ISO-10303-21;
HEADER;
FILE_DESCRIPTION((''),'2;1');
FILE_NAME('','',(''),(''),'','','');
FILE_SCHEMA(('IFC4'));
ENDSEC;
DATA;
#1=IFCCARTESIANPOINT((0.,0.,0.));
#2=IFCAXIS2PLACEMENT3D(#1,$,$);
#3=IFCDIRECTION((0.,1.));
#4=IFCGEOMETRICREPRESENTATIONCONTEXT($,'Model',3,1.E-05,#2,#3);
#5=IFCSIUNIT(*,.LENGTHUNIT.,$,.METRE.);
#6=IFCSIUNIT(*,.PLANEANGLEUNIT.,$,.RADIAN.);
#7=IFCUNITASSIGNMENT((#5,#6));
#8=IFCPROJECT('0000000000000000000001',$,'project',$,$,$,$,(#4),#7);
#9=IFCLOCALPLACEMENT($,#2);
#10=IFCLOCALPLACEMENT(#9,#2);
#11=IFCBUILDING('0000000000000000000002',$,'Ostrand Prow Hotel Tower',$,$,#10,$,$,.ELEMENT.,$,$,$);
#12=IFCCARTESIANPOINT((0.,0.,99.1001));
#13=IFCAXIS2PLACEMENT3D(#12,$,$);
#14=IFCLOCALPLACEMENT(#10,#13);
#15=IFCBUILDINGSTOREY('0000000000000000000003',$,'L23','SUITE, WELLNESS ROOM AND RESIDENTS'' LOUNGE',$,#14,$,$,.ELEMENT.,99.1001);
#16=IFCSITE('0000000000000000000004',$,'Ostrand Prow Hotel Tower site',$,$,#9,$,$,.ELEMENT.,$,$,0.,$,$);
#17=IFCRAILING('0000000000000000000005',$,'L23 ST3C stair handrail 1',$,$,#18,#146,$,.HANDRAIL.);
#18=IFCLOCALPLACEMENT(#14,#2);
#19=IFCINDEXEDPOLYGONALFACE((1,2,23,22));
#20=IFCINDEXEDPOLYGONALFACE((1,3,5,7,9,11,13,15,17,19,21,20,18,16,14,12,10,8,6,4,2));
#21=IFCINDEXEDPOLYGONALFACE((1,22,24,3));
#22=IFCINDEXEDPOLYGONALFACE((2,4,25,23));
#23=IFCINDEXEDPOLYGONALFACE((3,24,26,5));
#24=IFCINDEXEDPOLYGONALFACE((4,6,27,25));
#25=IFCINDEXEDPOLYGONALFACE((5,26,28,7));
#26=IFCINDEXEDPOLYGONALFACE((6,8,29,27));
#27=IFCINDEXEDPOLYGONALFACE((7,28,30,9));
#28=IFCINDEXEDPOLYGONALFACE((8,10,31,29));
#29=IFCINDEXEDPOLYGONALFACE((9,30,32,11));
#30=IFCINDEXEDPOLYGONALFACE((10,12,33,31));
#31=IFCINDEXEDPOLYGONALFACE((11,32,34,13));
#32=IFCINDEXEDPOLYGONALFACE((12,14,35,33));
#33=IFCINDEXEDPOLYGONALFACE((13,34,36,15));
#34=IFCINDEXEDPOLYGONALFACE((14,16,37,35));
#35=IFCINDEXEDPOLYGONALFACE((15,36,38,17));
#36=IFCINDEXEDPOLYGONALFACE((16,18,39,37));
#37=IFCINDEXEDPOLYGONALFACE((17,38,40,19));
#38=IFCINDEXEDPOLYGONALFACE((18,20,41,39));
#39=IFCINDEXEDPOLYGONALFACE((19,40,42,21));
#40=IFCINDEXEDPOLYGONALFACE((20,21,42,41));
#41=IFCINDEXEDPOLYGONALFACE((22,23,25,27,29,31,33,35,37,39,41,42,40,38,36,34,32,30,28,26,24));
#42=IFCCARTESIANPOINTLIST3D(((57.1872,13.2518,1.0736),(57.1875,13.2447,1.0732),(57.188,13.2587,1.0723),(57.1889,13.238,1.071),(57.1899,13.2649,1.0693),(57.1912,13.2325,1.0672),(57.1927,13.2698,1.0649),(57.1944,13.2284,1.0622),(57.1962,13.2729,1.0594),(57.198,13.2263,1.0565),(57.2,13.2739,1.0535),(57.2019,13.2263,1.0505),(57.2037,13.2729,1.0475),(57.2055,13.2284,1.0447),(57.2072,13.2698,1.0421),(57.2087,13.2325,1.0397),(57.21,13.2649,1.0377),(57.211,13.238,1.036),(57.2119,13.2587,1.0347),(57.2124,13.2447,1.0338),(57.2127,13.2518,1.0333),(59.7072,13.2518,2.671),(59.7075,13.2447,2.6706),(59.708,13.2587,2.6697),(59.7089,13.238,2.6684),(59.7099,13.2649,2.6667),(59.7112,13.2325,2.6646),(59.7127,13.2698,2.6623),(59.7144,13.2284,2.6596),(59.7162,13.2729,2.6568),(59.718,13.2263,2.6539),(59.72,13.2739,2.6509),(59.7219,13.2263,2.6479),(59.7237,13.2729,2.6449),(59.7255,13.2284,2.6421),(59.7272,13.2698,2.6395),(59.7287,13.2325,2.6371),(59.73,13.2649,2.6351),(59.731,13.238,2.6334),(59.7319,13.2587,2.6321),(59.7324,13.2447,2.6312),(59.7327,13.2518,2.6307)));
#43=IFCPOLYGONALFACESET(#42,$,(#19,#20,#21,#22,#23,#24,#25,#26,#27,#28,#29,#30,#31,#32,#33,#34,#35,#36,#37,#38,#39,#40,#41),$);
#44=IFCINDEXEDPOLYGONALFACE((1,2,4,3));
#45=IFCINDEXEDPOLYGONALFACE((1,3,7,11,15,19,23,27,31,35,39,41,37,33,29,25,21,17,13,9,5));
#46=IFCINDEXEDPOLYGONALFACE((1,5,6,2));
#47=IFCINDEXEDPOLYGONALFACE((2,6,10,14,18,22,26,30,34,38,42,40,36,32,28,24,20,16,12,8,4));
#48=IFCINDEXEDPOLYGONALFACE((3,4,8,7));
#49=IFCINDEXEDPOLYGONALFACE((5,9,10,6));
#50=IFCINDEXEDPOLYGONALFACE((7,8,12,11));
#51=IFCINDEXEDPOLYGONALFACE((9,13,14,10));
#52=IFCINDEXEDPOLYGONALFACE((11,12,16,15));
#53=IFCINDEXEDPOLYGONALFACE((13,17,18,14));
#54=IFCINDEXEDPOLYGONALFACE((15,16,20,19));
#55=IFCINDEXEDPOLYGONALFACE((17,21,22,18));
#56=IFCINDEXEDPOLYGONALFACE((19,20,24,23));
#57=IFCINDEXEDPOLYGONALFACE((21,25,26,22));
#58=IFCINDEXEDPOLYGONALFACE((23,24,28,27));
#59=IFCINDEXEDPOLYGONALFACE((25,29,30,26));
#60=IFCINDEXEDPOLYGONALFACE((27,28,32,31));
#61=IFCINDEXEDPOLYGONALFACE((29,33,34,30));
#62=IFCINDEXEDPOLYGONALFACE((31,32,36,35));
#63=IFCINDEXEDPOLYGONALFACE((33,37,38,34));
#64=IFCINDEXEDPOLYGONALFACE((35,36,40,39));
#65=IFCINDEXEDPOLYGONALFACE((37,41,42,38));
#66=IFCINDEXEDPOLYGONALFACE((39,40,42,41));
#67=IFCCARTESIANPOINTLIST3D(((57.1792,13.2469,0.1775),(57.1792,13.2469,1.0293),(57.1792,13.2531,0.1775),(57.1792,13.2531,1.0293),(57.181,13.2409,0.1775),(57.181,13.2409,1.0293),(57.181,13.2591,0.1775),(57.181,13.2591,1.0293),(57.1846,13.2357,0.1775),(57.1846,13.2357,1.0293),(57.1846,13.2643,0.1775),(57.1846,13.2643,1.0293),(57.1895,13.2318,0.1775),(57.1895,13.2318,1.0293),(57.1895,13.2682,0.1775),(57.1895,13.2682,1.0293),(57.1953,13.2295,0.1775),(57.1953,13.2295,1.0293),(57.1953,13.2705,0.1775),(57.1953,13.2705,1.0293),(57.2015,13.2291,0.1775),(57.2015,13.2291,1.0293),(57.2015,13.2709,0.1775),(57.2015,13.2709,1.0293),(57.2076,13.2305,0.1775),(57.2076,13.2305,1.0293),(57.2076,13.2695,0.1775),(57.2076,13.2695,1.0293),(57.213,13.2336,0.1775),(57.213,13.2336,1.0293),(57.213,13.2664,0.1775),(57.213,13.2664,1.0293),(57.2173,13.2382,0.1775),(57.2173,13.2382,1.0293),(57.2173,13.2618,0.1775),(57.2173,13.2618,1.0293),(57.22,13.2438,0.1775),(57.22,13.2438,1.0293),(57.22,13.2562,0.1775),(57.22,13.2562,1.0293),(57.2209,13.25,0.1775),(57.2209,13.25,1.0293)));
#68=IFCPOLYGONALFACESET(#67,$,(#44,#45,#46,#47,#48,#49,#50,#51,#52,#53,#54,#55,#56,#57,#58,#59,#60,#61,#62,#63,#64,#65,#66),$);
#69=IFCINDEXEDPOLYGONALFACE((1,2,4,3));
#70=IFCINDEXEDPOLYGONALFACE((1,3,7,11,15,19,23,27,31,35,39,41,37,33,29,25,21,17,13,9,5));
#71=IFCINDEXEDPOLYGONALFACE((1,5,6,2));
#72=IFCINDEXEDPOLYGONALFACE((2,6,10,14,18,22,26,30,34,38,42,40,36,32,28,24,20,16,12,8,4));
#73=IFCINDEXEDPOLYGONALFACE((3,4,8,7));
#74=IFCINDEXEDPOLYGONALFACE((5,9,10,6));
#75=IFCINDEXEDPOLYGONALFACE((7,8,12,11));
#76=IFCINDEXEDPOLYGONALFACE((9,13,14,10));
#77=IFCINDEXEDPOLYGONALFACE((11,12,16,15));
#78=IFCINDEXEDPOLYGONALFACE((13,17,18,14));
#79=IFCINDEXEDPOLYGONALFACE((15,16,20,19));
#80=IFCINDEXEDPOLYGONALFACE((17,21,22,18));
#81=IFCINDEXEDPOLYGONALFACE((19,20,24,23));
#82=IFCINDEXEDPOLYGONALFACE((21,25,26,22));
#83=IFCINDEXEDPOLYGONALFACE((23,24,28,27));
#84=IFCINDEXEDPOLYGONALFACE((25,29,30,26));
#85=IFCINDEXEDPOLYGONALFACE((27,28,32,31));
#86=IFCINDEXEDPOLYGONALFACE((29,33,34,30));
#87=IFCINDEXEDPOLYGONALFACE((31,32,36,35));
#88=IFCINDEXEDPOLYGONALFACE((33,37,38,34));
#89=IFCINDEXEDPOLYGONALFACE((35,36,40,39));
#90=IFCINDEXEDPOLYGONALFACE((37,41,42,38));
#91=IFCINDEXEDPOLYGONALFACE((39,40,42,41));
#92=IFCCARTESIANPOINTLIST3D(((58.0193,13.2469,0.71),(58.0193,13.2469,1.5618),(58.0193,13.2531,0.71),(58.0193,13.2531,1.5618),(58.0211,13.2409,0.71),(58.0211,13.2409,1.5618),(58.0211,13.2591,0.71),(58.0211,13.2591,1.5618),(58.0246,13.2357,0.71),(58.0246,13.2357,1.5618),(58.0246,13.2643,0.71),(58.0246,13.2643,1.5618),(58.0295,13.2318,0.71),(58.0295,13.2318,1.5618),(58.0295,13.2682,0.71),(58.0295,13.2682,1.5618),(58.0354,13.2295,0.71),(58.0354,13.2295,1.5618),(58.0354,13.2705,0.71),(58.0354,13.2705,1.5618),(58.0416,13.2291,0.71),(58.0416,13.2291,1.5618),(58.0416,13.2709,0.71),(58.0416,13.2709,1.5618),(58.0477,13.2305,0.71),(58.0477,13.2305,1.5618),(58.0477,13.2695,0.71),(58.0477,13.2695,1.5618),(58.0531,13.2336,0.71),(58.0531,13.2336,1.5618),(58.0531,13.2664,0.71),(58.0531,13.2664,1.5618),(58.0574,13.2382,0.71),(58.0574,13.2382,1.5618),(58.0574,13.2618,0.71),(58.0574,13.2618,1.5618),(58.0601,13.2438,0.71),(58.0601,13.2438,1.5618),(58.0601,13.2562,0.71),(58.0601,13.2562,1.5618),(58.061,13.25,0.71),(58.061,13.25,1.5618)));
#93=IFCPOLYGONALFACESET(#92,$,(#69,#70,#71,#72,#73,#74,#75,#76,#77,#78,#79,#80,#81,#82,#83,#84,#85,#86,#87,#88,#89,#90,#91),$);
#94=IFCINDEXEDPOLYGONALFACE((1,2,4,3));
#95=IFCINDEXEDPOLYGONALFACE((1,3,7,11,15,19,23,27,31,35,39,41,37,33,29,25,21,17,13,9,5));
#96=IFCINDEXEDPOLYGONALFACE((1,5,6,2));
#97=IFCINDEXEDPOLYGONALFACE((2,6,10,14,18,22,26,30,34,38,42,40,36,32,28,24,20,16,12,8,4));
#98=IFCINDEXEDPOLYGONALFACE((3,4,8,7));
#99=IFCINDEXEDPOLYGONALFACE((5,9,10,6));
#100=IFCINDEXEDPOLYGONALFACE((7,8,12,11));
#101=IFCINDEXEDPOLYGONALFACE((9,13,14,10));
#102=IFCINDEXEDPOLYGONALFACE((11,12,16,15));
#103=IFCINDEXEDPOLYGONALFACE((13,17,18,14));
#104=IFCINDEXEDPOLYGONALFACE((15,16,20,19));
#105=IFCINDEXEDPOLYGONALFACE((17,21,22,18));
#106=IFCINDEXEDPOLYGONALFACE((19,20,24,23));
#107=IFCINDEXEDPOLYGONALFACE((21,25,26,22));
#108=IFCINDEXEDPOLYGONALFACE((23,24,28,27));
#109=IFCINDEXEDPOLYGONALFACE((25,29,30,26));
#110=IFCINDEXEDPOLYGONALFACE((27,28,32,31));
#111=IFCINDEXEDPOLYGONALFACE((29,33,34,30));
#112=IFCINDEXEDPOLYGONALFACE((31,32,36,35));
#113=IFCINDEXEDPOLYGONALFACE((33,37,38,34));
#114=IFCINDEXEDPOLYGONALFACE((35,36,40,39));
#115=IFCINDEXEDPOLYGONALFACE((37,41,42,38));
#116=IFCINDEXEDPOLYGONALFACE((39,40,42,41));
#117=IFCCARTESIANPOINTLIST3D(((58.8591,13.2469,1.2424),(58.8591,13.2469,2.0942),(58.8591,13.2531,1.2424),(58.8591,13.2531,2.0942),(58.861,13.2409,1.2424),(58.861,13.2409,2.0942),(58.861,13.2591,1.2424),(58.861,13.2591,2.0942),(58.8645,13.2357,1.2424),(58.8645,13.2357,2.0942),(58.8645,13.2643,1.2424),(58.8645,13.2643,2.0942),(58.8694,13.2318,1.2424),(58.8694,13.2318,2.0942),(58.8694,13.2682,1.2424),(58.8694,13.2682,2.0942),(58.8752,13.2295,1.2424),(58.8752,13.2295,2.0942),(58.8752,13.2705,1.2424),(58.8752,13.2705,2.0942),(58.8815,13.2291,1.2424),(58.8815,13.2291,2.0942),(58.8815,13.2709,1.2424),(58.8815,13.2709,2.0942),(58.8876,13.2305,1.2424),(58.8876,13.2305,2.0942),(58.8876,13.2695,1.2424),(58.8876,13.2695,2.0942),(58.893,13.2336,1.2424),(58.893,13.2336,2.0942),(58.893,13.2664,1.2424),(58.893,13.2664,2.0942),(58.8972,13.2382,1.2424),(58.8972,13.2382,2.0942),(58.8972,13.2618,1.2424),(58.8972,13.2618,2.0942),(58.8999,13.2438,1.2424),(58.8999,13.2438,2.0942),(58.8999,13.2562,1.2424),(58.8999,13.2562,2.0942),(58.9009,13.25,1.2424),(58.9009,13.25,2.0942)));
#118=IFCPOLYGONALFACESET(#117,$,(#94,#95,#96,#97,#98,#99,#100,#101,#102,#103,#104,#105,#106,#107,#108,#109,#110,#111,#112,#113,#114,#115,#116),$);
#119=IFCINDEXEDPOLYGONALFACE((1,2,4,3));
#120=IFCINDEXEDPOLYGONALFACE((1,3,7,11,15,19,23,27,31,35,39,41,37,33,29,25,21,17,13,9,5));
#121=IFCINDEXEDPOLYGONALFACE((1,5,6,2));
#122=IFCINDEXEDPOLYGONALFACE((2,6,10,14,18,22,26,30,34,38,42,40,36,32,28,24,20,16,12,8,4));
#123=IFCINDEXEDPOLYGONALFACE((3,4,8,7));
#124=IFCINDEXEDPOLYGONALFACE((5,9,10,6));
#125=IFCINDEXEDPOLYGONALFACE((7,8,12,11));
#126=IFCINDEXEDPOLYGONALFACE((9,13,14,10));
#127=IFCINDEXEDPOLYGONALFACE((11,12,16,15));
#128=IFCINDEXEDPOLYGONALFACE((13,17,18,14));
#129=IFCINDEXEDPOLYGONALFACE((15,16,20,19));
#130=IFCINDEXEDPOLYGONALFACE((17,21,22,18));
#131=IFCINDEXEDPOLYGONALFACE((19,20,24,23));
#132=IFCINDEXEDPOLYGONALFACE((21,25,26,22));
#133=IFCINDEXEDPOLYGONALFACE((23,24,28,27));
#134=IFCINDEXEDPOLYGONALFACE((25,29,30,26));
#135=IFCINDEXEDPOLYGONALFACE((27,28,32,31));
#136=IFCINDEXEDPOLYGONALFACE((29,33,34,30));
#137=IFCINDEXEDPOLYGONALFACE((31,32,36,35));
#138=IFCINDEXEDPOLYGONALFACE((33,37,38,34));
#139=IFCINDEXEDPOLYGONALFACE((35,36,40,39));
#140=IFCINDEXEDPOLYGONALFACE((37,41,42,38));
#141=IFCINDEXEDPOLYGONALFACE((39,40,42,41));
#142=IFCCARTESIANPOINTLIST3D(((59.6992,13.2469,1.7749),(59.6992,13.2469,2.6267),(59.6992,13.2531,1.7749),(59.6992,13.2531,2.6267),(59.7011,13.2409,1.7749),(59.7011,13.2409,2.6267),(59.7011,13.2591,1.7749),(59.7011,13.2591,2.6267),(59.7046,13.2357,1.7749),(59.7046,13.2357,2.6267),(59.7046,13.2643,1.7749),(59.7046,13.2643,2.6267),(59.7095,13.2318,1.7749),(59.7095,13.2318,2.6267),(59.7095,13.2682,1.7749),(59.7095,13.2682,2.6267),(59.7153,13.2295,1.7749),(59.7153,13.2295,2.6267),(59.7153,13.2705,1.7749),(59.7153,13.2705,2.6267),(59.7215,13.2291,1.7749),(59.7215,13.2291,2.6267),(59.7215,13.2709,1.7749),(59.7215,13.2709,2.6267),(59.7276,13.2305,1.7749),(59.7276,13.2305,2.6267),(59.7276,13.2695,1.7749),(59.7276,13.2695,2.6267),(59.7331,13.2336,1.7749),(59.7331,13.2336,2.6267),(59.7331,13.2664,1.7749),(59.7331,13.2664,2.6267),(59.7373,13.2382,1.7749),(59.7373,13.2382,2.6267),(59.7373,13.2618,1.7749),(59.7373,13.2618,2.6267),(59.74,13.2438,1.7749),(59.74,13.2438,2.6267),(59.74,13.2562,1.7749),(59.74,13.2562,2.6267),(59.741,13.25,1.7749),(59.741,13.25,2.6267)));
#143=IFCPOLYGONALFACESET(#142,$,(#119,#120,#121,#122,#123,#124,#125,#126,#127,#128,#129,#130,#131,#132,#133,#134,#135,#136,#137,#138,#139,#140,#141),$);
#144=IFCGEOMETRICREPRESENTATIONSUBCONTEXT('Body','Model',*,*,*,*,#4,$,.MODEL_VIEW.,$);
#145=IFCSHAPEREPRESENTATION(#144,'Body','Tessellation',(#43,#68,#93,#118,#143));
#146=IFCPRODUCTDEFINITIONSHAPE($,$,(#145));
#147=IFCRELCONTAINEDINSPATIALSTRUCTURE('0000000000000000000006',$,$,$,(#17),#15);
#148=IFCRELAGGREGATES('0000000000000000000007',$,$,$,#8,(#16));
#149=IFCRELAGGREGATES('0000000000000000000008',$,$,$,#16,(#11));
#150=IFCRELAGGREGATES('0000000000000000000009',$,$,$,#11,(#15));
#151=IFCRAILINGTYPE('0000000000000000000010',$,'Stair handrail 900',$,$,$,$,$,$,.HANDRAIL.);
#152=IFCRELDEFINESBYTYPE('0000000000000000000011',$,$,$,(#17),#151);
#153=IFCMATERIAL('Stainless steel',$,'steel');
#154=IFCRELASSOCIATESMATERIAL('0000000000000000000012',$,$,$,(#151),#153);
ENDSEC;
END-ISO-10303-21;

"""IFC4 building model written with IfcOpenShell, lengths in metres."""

from ifc_helpers import new_model, si_unit, direction, frame, origin, origin_2d, place, context, subcontext, project, spatial, circle, extrude, material, type_object, element, save


model = new_model("IFC4")

# Units and contexts
model_context = context("Model", 3, precision=1e-05, world=origin(), true_north=direction((0.0, 1.0)))
body_context = subcontext(model_context, "Body", "Model", "MODEL_VIEW")
ifc_project = project(units=[si_unit("LENGTHUNIT", "METRE"), si_unit("PLANEANGLEUNIT", "RADIAN")], contexts=[model_context])

# Site, building, storey
site_placement = place(None, origin())
site = spatial("IfcSite", under=ifc_project, at=site_placement, Name="Ostrand Prow Hotel Tower site", CompositionType="ELEMENT", RefElevation=0.0)
building_placement = place(site_placement, origin())
building = spatial("IfcBuilding", under=site, at=building_placement, Name="Ostrand Prow Hotel Tower", CompositionType="ELEMENT")
storey_placement = place(building_placement, frame((0.0, 0.0, 99.1001)))
storey = spatial("IfcBuildingStorey", under=building, at=storey_placement, Name="L23", Description="SUITE, WELLNESS ROOM AND RESIDENTS' LOUNGE", CompositionType="ELEMENT", Elevation=99.1001)

# Railing
ifc_material_1 = material(Name="Stainless steel", Category="steel")
railing_type_1 = type_object("IfcRailingType", Name="Stair handrail 900", PredefinedType="HANDRAIL", material=ifc_material_1)
railing_1_placement = place(storey_placement, frame((57.2, 13.25, 0.1775)))
element("IfcRailing", 1, at=railing_1_placement, inside=storey, type_object=railing_type_1, Name="L23 ST3C stair handrail 1", PredefinedType="HANDRAIL", context=body_context, shape_type="SweptSolid", body=[
    extrude(circle(Radius=0.0239, at=origin_2d()), frame((0.0, 0.0, 0.876), z_axis=(0.844607, 0.0, 0.535387), x_axis=(0.0, 1.0, 0.0)), (0.0, 0.0, 1.0), 2.9836),
    extrude(circle(Radius=0.021, at=origin_2d()), origin(), (0.0, 0.0, 1.0), 0.8518),
    extrude(circle(Radius=0.021, at=origin_2d()), frame((0.8401, 0.0, 0.5325)), (0.0, 0.0, 1.0), 0.8518),
    extrude(circle(Radius=0.021, at=origin_2d()), frame((1.6799, 0.0, 1.0649)), (0.0, 0.0, 1.0), 0.8518),
    extrude(circle(Radius=0.021, at=origin_2d()), frame((2.52, 0.0, 1.5974)), (0.0, 0.0, 1.0), 0.8518),
])

save(model, "model.ifc")
